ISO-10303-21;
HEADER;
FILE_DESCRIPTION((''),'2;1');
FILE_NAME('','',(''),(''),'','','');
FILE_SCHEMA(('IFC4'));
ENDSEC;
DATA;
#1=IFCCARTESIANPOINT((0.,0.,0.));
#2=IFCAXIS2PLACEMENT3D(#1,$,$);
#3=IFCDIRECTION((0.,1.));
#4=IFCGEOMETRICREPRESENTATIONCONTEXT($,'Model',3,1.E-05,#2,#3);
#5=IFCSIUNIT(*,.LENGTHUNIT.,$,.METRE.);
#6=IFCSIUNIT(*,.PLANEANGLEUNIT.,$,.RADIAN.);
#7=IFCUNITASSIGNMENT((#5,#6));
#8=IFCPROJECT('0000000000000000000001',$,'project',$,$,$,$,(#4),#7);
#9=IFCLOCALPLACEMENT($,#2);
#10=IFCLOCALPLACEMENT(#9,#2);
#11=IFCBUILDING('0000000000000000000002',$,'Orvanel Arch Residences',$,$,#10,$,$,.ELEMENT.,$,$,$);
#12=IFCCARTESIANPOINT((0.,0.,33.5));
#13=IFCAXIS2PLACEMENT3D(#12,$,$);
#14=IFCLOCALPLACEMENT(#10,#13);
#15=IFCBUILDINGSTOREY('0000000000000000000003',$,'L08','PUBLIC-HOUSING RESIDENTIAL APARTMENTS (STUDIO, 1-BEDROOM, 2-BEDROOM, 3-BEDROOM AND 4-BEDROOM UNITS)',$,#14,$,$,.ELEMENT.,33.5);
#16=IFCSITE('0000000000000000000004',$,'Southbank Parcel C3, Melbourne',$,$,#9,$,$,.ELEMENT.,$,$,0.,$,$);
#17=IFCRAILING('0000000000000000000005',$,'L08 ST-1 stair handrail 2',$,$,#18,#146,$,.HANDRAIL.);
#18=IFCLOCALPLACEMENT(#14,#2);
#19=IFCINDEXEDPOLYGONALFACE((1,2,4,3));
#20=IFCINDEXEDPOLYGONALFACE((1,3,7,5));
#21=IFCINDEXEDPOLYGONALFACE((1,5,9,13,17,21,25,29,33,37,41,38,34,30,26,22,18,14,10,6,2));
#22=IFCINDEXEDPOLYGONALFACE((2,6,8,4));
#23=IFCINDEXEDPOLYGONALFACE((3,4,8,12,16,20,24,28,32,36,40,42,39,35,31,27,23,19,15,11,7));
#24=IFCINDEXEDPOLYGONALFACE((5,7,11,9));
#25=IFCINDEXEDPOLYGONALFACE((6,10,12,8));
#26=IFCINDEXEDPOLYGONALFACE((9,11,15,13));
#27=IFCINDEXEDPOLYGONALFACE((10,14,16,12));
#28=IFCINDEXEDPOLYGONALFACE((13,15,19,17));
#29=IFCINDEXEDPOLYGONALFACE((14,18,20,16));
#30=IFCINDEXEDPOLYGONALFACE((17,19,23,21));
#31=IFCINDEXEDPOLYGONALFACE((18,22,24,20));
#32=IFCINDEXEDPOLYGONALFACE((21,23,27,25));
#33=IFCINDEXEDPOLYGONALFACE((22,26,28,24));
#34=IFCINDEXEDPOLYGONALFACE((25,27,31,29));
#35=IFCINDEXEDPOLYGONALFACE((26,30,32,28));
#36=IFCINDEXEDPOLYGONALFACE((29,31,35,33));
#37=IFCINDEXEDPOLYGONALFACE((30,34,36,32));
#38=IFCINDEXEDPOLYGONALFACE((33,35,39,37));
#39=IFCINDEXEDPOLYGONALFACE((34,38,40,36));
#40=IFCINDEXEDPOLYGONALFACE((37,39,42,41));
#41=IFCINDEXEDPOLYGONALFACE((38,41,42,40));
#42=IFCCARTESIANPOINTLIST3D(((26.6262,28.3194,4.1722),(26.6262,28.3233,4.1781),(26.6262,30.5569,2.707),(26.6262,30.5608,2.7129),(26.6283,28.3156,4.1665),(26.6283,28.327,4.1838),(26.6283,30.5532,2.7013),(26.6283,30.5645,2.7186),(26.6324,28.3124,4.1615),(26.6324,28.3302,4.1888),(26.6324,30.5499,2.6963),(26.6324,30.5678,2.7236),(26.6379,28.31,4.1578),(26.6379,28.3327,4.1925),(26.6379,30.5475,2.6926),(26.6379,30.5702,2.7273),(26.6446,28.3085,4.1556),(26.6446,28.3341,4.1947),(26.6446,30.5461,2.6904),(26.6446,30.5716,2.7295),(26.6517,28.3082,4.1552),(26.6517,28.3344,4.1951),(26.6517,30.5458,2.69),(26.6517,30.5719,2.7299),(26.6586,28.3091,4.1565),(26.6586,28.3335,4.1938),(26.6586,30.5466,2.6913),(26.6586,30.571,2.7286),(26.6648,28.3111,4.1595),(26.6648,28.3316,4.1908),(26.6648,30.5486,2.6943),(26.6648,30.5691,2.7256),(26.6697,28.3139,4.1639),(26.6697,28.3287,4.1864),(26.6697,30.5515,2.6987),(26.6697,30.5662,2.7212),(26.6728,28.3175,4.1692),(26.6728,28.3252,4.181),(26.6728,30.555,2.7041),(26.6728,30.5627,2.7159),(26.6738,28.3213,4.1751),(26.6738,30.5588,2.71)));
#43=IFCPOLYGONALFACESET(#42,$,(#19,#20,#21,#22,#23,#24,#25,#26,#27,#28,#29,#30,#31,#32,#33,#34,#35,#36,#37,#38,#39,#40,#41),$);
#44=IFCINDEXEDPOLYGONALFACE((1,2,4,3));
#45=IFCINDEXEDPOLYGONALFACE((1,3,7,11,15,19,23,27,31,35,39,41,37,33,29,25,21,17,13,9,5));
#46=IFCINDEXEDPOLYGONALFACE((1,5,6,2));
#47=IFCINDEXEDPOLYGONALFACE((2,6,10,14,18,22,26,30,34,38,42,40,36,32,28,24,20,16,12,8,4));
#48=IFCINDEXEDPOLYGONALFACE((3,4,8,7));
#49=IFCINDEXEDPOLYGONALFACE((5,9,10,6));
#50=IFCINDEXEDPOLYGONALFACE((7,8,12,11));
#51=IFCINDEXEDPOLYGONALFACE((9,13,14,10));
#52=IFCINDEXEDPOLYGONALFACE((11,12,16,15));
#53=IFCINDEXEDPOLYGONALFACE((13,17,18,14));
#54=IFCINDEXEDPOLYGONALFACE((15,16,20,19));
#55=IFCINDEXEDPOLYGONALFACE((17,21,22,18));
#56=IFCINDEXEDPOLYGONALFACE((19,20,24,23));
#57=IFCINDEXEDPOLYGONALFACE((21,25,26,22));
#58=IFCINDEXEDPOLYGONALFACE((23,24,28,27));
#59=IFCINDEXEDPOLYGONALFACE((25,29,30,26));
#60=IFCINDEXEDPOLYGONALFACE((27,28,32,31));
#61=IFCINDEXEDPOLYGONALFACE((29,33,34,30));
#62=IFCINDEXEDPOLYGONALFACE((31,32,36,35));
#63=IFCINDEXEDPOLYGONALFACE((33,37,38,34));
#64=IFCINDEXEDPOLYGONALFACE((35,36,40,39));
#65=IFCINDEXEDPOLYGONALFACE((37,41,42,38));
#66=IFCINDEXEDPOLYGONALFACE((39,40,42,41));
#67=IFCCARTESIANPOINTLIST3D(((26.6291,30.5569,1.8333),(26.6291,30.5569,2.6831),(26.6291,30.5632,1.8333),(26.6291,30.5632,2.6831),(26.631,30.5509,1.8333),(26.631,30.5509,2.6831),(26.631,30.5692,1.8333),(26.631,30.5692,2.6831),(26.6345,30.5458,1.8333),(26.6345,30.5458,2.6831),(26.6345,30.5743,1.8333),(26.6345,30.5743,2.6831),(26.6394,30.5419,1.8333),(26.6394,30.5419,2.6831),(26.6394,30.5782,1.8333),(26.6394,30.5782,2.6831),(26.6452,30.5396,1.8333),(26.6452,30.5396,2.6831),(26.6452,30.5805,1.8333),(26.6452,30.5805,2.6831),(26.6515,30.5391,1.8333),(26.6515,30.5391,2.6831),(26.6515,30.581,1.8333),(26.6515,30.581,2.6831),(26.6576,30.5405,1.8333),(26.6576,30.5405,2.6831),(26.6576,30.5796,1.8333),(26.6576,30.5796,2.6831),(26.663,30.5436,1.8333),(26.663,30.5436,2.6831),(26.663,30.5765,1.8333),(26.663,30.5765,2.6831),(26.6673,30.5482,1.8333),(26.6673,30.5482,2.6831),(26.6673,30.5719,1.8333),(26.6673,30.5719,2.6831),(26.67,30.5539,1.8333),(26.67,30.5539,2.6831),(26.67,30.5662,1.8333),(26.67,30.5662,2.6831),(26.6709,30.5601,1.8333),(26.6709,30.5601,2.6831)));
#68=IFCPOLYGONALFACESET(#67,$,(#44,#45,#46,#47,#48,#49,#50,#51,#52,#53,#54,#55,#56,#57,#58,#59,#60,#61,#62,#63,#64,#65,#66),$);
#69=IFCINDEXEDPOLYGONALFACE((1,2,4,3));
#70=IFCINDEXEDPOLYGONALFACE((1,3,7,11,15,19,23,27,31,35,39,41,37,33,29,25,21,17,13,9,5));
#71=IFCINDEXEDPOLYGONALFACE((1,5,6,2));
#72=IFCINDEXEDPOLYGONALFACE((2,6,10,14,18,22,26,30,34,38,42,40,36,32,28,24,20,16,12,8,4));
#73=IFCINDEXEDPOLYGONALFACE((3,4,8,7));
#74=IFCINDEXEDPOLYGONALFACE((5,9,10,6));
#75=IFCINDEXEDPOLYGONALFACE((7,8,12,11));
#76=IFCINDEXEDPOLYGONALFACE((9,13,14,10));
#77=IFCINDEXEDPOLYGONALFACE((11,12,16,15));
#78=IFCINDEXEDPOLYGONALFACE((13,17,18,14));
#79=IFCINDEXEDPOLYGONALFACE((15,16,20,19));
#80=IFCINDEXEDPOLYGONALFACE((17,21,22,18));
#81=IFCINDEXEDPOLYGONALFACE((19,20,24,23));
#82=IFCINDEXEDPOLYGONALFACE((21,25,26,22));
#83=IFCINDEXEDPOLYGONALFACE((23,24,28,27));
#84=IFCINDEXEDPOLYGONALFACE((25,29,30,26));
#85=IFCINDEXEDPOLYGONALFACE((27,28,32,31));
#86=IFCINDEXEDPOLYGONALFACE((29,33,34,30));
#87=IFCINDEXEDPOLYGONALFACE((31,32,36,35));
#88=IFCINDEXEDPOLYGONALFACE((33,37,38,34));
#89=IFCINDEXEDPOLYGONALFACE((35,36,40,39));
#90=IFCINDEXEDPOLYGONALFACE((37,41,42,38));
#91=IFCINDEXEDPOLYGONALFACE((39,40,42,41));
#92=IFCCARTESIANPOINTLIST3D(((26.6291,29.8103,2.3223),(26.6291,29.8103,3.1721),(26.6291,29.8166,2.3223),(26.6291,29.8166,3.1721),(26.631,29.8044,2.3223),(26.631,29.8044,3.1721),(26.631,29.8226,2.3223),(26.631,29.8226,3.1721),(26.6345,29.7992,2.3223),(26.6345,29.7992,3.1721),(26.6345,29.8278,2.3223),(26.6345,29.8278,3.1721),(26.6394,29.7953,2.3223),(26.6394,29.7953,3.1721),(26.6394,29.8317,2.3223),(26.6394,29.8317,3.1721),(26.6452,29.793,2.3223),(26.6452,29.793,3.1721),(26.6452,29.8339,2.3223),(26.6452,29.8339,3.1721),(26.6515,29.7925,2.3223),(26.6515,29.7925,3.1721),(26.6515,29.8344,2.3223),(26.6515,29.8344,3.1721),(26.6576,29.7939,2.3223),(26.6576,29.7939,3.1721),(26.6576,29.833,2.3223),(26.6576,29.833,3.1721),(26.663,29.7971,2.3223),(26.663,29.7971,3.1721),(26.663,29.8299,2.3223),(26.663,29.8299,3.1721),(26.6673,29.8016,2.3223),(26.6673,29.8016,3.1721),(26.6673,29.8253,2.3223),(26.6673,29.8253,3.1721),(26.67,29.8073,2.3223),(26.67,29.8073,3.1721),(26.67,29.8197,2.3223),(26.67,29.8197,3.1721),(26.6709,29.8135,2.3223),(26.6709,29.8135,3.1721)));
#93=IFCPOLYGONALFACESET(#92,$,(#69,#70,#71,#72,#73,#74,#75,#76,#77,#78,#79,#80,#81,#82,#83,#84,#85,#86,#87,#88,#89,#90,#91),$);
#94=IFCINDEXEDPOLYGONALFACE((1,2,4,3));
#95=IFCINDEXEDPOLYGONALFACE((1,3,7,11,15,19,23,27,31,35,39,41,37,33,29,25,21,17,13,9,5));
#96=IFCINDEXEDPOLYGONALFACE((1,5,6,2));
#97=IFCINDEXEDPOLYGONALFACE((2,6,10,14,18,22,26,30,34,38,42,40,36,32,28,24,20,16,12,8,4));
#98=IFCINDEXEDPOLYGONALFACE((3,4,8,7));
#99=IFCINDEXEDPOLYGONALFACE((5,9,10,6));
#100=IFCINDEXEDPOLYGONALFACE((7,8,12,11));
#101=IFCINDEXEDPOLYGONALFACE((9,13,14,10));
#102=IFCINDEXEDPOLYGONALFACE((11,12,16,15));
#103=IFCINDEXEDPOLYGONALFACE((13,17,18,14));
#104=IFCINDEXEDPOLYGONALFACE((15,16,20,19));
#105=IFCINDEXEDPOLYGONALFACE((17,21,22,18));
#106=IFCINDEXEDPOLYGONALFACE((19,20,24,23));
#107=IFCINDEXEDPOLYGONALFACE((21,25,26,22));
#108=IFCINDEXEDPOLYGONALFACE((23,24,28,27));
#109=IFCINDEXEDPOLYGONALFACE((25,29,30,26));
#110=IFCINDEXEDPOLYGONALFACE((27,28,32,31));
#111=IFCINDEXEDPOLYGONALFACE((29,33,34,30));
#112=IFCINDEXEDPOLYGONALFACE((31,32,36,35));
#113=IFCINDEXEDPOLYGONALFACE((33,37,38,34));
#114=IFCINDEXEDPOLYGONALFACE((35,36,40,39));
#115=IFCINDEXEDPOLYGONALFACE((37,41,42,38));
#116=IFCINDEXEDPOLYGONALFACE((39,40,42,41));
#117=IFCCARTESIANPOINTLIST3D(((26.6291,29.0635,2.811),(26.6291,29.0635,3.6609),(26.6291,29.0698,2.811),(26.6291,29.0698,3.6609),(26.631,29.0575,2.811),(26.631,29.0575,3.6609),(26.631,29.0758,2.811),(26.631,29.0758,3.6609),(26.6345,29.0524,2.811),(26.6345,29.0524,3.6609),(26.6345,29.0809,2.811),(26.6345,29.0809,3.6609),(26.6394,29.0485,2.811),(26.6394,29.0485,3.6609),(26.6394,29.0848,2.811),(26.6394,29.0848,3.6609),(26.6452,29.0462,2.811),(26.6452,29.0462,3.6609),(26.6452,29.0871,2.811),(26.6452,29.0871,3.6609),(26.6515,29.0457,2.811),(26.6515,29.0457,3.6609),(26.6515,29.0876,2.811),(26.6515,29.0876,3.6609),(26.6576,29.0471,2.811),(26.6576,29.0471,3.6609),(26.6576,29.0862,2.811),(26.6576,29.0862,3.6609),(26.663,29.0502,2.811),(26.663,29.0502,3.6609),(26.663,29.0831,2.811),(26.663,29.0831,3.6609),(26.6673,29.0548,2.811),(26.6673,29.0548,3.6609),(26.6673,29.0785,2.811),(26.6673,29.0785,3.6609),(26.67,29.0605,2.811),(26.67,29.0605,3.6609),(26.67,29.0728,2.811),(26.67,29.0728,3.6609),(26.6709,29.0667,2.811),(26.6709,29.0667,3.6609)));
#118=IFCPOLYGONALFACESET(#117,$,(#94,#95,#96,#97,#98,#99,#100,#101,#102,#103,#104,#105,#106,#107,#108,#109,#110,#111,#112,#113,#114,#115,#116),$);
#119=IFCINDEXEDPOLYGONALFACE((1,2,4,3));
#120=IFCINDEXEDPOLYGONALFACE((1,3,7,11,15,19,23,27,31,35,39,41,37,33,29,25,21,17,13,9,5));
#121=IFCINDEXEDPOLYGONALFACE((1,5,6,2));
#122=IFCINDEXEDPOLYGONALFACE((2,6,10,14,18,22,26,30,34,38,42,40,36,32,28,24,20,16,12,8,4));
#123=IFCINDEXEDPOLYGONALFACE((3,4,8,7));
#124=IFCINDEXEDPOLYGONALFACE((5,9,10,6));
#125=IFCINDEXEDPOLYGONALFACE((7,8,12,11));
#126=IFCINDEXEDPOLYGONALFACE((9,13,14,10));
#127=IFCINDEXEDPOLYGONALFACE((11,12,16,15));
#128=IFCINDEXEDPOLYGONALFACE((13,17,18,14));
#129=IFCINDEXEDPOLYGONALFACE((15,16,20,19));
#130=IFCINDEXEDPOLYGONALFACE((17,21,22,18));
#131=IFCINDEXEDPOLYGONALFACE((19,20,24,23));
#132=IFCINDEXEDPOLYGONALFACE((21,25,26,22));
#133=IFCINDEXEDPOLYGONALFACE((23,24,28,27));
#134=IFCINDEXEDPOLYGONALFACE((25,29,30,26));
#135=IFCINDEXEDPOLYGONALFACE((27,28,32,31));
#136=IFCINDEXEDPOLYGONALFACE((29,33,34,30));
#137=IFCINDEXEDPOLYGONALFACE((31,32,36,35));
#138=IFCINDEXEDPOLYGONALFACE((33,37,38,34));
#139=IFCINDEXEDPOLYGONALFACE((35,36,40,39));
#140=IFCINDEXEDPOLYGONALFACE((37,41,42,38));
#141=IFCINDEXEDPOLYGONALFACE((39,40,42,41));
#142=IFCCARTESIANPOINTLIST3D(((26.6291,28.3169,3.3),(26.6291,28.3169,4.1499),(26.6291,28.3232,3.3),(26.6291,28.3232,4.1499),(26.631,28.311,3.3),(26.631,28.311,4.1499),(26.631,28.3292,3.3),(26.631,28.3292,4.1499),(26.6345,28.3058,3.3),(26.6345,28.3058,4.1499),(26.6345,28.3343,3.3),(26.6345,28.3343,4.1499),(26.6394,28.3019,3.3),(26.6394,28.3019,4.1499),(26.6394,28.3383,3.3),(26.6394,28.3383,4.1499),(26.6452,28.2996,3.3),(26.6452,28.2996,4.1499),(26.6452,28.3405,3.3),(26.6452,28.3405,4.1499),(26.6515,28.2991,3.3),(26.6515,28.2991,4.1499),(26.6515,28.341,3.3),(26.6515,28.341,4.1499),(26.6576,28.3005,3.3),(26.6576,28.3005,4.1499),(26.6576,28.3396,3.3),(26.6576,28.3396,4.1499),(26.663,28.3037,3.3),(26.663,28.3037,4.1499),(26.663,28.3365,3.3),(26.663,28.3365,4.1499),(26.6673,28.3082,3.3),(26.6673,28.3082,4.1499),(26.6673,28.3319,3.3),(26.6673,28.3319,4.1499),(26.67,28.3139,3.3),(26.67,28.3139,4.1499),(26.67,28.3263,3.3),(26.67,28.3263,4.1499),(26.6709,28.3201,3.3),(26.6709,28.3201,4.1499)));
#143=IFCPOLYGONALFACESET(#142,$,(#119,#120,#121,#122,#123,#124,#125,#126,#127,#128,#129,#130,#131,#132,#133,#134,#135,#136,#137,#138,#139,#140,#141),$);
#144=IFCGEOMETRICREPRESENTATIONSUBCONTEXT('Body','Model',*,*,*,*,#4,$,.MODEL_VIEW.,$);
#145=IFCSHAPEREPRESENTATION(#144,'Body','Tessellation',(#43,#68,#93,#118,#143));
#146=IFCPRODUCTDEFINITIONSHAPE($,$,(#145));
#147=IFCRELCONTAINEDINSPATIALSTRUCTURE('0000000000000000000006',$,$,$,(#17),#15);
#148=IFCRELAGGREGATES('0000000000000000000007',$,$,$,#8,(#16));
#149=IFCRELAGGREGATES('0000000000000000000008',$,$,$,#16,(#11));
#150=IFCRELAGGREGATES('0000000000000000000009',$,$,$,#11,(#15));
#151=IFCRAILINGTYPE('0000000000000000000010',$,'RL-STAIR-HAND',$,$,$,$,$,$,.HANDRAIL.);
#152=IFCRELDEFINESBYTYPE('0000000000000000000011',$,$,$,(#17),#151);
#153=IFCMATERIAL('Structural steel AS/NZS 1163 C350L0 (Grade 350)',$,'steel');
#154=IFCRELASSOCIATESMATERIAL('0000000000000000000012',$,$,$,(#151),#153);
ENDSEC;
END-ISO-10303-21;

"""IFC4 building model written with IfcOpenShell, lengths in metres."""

from ifc_helpers import new_model, si_unit, direction, frame, origin, origin_2d, place, context, subcontext, project, spatial, circle, extrude, material, type_object, element, save


model = new_model("IFC4")

# Units and contexts
model_context = context("Model", 3, precision=1e-05, world=origin(), true_north=direction((0.0, 1.0)))
body_context = subcontext(model_context, "Body", "Model", "MODEL_VIEW")
ifc_project = project(units=[si_unit("LENGTHUNIT", "METRE"), si_unit("PLANEANGLEUNIT", "RADIAN")], contexts=[model_context])

# Site, building, storey
site_placement = place(None, origin())
site = spatial("IfcSite", under=ifc_project, at=site_placement, Name="Southbank Parcel C3, Melbourne", CompositionType="ELEMENT", RefElevation=0.0)
building_placement = place(site_placement, origin())
building = spatial("IfcBuilding", under=site, at=building_placement, Name="Orvanel Arch Residences", CompositionType="ELEMENT")
storey_placement = place(building_placement, frame((0.0, 0.0, 33.5)))
storey = spatial("IfcBuildingStorey", under=building, at=storey_placement, Name="L08", Description="PUBLIC-HOUSING RESIDENTIAL APARTMENTS (STUDIO, 1-BEDROOM, 2-BEDROOM, 3-BEDROOM AND 4-BEDROOM UNITS)", CompositionType="ELEMENT", Elevation=33.5)

# Railing
ifc_material_1 = material(Name="Structural steel AS/NZS 1163 C350L0 (Grade 350)", Category="steel")
railing_type_1 = type_object("IfcRailingType", Name="RL-STAIR-HAND", PredefinedType="HANDRAIL", material=ifc_material_1)
railing_1_placement = place(storey_placement, frame((26.6499, 30.5601, 1.8333)))
element("IfcRailing", 1, at=railing_1_placement, inside=storey, type_object=railing_type_1, Name="L08 ST-1 stair handrail 2", PredefinedType="HANDRAIL", context=body_context, shape_type="SweptSolid", body=[
    extrude(circle(Radius=0.0239, at=origin_2d()), frame((0.0, -0.0012, 0.8767), z_axis=(0.0, -0.836595, 0.547822), x_axis=(1.0, 0.0, 0.0)), (0.0, 0.0, 1.0), 2.6746),
    extrude(circle(Radius=0.021, at=origin_2d()), origin(), (0.0, 0.0, 1.0), 0.8499),
    extrude(circle(Radius=0.021, at=origin_2d()), frame((0.0, -0.7466, 0.489)), (0.0, 0.0, 1.0), 0.8499),
    extrude(circle(Radius=0.021, at=origin_2d()), frame((0.0, -1.4934, 0.9778)), (0.0, 0.0, 1.0), 0.8499),
    extrude(circle(Radius=0.021, at=origin_2d()), frame((0.0, -2.24, 1.4668)), (0.0, 0.0, 1.0), 0.8499),
])

save(model, "model.ifc")
